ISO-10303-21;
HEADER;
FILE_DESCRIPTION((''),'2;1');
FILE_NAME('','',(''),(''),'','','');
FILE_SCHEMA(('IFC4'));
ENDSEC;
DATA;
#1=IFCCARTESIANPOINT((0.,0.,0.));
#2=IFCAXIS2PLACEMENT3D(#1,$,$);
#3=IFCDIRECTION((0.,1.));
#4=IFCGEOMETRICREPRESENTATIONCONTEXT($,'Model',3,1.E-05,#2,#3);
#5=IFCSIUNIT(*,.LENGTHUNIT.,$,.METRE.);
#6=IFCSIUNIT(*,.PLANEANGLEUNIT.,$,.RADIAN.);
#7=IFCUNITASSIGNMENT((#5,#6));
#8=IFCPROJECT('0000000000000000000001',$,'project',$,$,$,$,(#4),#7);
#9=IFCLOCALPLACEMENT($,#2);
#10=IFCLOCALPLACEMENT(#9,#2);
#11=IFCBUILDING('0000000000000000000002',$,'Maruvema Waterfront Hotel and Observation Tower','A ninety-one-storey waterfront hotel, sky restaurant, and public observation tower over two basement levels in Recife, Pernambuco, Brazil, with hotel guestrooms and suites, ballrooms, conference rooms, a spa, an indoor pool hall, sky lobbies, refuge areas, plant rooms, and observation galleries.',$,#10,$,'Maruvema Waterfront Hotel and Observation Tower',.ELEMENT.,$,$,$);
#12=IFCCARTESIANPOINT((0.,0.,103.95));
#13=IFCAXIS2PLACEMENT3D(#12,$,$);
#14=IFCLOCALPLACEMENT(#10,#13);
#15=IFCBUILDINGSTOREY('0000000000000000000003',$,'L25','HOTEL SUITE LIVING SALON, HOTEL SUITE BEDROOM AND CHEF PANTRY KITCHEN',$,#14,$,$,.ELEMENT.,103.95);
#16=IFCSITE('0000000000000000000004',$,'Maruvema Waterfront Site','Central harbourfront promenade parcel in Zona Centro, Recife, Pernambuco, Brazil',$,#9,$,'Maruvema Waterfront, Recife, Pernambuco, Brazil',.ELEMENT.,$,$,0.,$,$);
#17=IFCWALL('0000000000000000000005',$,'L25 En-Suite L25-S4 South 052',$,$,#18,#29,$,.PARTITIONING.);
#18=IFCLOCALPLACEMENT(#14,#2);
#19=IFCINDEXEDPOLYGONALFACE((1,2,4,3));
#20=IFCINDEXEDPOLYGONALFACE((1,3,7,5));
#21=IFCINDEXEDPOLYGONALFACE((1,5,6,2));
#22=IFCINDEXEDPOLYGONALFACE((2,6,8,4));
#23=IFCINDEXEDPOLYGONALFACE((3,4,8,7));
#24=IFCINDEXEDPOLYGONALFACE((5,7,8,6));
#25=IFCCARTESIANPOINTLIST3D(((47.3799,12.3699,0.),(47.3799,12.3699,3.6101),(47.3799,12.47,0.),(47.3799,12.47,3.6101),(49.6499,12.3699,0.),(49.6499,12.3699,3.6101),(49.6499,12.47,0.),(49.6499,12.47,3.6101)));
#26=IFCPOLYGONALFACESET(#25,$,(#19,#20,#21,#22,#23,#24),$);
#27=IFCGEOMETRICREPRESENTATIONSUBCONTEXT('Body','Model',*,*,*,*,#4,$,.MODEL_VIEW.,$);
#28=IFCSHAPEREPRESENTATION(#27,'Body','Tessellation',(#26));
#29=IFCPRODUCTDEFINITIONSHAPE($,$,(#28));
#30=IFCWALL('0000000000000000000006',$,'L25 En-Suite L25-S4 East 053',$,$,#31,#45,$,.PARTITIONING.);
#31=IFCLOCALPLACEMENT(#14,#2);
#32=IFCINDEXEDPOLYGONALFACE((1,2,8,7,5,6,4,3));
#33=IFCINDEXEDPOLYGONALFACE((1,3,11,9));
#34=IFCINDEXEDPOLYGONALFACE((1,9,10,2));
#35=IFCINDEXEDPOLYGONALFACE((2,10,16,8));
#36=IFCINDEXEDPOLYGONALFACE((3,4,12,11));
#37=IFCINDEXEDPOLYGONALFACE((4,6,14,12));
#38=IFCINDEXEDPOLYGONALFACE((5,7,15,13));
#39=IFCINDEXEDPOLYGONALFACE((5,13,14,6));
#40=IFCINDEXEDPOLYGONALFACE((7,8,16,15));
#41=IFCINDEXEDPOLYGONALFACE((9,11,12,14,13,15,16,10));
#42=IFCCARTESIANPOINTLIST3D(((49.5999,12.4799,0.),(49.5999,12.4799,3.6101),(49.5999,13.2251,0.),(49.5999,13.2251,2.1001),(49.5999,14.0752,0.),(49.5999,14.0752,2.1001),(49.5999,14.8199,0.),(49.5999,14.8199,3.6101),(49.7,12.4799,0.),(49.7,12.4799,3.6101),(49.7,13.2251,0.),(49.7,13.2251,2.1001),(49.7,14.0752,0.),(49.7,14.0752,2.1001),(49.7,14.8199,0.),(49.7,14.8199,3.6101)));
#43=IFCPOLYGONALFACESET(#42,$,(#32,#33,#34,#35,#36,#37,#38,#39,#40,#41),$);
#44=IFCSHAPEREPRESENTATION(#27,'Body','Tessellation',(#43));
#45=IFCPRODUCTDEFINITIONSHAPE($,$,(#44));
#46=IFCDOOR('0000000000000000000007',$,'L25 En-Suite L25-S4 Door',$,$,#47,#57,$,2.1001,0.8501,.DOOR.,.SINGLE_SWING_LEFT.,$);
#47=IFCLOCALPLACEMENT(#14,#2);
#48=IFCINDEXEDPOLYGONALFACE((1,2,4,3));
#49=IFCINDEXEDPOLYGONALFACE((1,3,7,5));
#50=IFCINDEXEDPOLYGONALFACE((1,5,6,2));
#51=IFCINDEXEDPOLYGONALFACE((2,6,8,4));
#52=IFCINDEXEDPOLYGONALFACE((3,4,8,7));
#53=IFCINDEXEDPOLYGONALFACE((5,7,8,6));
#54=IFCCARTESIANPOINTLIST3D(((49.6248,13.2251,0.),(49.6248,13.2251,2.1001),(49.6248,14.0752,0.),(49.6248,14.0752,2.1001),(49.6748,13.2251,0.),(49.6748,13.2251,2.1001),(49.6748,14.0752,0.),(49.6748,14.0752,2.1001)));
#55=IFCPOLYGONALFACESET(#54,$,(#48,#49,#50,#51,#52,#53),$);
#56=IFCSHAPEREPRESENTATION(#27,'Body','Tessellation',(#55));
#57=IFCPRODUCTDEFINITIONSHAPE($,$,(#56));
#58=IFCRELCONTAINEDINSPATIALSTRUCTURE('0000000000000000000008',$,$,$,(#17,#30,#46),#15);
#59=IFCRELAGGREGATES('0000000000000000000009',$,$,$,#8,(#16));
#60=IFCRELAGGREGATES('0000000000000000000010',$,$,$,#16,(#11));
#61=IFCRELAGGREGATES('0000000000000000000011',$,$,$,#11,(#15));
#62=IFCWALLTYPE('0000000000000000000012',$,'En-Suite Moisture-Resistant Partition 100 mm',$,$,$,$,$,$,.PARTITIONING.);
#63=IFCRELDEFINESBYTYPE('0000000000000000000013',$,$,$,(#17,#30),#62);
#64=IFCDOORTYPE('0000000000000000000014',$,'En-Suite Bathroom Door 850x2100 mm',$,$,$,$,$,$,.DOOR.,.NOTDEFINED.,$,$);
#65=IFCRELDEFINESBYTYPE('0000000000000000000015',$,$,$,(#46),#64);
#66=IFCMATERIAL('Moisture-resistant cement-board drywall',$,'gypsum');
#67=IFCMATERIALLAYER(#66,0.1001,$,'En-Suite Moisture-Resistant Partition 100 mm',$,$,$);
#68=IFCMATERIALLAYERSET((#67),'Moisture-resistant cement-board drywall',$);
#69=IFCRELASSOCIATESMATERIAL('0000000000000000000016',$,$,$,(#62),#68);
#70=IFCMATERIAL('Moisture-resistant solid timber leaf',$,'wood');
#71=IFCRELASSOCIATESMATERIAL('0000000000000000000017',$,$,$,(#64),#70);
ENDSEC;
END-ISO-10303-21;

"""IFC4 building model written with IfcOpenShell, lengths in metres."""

from ifc_helpers import new_model, si_unit, direction, frame, frame_2d, origin, place, context, subcontext, project, spatial, rectangle, extrude, material, layer, layer_set, type_object, element, fill, save


model = new_model("IFC4")

# Units and contexts
model_context = context("Model", 3, precision=1e-05, world=origin(), true_north=direction((0.0, 1.0)))
body_context = subcontext(model_context, "Body", "Model", "MODEL_VIEW")
ifc_project = project(units=[si_unit("LENGTHUNIT", "METRE"), si_unit("PLANEANGLEUNIT", "RADIAN")], contexts=[model_context])

# Site, building, storey
site_placement = place(None, origin())
site = spatial("IfcSite", under=ifc_project, at=site_placement, Name="Maruvema Waterfront Site", Description="Central harbourfront promenade parcel in Zona Centro, Recife, Pernambuco, Brazil", LongName="Maruvema Waterfront, Recife, Pernambuco, Brazil", CompositionType="ELEMENT", RefElevation=0.0)
building_placement = place(site_placement, origin())
building = spatial("IfcBuilding", under=site, at=building_placement, Name="Maruvema Waterfront Hotel and Observation Tower", Description="A ninety-one-storey waterfront hotel, sky restaurant, and public observation tower over two basement levels in Recife, Pernambuco, Brazil, with hotel guestrooms and suites, ballrooms, conference rooms, a spa, an indoor pool hall, sky lobbies, refuge areas, plant rooms, and observation galleries.", LongName="Maruvema Waterfront Hotel and Observation Tower", CompositionType="ELEMENT")
storey_placement = place(building_placement, frame((0.0, 0.0, 103.95)))
storey = spatial("IfcBuildingStorey", under=building, at=storey_placement, Name="L25", Description="HOTEL SUITE LIVING SALON, HOTEL SUITE BEDROOM AND CHEF PANTRY KITCHEN", CompositionType="ELEMENT", Elevation=103.95)

# Shared definitions
ifc_material_1 = material(Name="Moisture-resistant cement-board drywall", Category="gypsum")
ifc_layer_1 = layer(ifc_material_1, 0.1001, Name="En-Suite Moisture-Resistant Partition 100 mm")
ifc_layer_set_1 = layer_set([ifc_layer_1], Name="Moisture-resistant cement-board drywall")
wall_type_1 = type_object("IfcWallType", Name="En-Suite Moisture-Resistant Partition 100 mm", PredefinedType="PARTITIONING", material=ifc_layer_set_1)

# Shared definitions
ifc_material_2 = material(Name="Moisture-resistant solid timber leaf", Category="wood")
door_type_1 = type_object("IfcDoorType", Name="En-Suite Bathroom Door 850x2100 mm", OperationType="NOTDEFINED", PredefinedType="DOOR", material=ifc_material_2)

# Wall
wall_1_placement = place(storey_placement, frame((47.3799, 12.4199, 0.0), z_axis=(0.0, 0.0, 1.0), x_axis=(1.0, 0.0, 0.0)))
element("IfcWall", 1, at=wall_1_placement, inside=storey, type_object=wall_type_1, Name="L25 En-Suite L25-S4 South 052", PredefinedType="PARTITIONING", context=body_context, shape_type="SweptSolid", body=[
    extrude(rectangle(XDim=2.27, YDim=0.1001, at=frame_2d((1.135, 0.0))), origin(), (0.0, 0.0, 1.0), 3.6101),
])

# Wall, opening, door
wall_2_placement = place(storey_placement, frame((49.6499, 12.48, 0.0), z_axis=(0.0, 0.0, 1.0), x_axis=(0.0, 1.0, 0.0)))
wall_2 = element("IfcWall", 2, at=wall_2_placement, inside=storey, type_object=wall_type_1, Name="L25 En-Suite L25-S4 East 053", PredefinedType="PARTITIONING", context=body_context, shape_type="SweptSolid", body=[
    extrude(rectangle(XDim=2.3401, YDim=0.1001, at=frame_2d((1.1699, 0.0))), origin(), (0.0, 0.0, 1.0), 3.6101),
])
opening_1_placement = place(wall_2_placement, frame((0.7451, 0.0, 0.0)))
opening_1 = element("IfcOpeningElement", 3, at=opening_1_placement, cuts=wall_2, PredefinedType="OPENING", context=body_context, shape_type="SweptSolid", body=[
    extrude(rectangle(XDim=0.8501, YDim=2.1001, at=frame_2d((0.425, 1.05))), frame((0.0, 0.0601, 0.0), z_axis=(0.0, -1.0, 0.0), x_axis=(1.0, 0.0, 0.0)), (0.0, 0.0, 1.0), 0.1201),
])
door_1_placement = place(opening_1_placement, frame((0.8501, 0.0, 0.0), z_axis=(0.0, 0.0, 1.0), x_axis=(-1.0, 0.0, 0.0)))
door_1 = element("IfcDoor", 4, at=door_1_placement, inside=storey, type_object=door_type_1, Name="L25 En-Suite L25-S4 Door", OperationType="SINGLE_SWING_LEFT", OverallHeight=2.1001, OverallWidth=0.8501, PredefinedType="DOOR", context=body_context, shape_type="SweptSolid", body=[
    extrude(rectangle(XDim=0.8501, YDim=2.1001, at=frame_2d((0.425, 1.05))), frame((0.0, 0.0249, 0.0), z_axis=(0.0, -1.0, 0.0), x_axis=(1.0, 0.0, 0.0)), (0.0, 0.0, 1.0), 0.05),
])
fill(opening_1, door_1)

save(model, "model.ifc")
